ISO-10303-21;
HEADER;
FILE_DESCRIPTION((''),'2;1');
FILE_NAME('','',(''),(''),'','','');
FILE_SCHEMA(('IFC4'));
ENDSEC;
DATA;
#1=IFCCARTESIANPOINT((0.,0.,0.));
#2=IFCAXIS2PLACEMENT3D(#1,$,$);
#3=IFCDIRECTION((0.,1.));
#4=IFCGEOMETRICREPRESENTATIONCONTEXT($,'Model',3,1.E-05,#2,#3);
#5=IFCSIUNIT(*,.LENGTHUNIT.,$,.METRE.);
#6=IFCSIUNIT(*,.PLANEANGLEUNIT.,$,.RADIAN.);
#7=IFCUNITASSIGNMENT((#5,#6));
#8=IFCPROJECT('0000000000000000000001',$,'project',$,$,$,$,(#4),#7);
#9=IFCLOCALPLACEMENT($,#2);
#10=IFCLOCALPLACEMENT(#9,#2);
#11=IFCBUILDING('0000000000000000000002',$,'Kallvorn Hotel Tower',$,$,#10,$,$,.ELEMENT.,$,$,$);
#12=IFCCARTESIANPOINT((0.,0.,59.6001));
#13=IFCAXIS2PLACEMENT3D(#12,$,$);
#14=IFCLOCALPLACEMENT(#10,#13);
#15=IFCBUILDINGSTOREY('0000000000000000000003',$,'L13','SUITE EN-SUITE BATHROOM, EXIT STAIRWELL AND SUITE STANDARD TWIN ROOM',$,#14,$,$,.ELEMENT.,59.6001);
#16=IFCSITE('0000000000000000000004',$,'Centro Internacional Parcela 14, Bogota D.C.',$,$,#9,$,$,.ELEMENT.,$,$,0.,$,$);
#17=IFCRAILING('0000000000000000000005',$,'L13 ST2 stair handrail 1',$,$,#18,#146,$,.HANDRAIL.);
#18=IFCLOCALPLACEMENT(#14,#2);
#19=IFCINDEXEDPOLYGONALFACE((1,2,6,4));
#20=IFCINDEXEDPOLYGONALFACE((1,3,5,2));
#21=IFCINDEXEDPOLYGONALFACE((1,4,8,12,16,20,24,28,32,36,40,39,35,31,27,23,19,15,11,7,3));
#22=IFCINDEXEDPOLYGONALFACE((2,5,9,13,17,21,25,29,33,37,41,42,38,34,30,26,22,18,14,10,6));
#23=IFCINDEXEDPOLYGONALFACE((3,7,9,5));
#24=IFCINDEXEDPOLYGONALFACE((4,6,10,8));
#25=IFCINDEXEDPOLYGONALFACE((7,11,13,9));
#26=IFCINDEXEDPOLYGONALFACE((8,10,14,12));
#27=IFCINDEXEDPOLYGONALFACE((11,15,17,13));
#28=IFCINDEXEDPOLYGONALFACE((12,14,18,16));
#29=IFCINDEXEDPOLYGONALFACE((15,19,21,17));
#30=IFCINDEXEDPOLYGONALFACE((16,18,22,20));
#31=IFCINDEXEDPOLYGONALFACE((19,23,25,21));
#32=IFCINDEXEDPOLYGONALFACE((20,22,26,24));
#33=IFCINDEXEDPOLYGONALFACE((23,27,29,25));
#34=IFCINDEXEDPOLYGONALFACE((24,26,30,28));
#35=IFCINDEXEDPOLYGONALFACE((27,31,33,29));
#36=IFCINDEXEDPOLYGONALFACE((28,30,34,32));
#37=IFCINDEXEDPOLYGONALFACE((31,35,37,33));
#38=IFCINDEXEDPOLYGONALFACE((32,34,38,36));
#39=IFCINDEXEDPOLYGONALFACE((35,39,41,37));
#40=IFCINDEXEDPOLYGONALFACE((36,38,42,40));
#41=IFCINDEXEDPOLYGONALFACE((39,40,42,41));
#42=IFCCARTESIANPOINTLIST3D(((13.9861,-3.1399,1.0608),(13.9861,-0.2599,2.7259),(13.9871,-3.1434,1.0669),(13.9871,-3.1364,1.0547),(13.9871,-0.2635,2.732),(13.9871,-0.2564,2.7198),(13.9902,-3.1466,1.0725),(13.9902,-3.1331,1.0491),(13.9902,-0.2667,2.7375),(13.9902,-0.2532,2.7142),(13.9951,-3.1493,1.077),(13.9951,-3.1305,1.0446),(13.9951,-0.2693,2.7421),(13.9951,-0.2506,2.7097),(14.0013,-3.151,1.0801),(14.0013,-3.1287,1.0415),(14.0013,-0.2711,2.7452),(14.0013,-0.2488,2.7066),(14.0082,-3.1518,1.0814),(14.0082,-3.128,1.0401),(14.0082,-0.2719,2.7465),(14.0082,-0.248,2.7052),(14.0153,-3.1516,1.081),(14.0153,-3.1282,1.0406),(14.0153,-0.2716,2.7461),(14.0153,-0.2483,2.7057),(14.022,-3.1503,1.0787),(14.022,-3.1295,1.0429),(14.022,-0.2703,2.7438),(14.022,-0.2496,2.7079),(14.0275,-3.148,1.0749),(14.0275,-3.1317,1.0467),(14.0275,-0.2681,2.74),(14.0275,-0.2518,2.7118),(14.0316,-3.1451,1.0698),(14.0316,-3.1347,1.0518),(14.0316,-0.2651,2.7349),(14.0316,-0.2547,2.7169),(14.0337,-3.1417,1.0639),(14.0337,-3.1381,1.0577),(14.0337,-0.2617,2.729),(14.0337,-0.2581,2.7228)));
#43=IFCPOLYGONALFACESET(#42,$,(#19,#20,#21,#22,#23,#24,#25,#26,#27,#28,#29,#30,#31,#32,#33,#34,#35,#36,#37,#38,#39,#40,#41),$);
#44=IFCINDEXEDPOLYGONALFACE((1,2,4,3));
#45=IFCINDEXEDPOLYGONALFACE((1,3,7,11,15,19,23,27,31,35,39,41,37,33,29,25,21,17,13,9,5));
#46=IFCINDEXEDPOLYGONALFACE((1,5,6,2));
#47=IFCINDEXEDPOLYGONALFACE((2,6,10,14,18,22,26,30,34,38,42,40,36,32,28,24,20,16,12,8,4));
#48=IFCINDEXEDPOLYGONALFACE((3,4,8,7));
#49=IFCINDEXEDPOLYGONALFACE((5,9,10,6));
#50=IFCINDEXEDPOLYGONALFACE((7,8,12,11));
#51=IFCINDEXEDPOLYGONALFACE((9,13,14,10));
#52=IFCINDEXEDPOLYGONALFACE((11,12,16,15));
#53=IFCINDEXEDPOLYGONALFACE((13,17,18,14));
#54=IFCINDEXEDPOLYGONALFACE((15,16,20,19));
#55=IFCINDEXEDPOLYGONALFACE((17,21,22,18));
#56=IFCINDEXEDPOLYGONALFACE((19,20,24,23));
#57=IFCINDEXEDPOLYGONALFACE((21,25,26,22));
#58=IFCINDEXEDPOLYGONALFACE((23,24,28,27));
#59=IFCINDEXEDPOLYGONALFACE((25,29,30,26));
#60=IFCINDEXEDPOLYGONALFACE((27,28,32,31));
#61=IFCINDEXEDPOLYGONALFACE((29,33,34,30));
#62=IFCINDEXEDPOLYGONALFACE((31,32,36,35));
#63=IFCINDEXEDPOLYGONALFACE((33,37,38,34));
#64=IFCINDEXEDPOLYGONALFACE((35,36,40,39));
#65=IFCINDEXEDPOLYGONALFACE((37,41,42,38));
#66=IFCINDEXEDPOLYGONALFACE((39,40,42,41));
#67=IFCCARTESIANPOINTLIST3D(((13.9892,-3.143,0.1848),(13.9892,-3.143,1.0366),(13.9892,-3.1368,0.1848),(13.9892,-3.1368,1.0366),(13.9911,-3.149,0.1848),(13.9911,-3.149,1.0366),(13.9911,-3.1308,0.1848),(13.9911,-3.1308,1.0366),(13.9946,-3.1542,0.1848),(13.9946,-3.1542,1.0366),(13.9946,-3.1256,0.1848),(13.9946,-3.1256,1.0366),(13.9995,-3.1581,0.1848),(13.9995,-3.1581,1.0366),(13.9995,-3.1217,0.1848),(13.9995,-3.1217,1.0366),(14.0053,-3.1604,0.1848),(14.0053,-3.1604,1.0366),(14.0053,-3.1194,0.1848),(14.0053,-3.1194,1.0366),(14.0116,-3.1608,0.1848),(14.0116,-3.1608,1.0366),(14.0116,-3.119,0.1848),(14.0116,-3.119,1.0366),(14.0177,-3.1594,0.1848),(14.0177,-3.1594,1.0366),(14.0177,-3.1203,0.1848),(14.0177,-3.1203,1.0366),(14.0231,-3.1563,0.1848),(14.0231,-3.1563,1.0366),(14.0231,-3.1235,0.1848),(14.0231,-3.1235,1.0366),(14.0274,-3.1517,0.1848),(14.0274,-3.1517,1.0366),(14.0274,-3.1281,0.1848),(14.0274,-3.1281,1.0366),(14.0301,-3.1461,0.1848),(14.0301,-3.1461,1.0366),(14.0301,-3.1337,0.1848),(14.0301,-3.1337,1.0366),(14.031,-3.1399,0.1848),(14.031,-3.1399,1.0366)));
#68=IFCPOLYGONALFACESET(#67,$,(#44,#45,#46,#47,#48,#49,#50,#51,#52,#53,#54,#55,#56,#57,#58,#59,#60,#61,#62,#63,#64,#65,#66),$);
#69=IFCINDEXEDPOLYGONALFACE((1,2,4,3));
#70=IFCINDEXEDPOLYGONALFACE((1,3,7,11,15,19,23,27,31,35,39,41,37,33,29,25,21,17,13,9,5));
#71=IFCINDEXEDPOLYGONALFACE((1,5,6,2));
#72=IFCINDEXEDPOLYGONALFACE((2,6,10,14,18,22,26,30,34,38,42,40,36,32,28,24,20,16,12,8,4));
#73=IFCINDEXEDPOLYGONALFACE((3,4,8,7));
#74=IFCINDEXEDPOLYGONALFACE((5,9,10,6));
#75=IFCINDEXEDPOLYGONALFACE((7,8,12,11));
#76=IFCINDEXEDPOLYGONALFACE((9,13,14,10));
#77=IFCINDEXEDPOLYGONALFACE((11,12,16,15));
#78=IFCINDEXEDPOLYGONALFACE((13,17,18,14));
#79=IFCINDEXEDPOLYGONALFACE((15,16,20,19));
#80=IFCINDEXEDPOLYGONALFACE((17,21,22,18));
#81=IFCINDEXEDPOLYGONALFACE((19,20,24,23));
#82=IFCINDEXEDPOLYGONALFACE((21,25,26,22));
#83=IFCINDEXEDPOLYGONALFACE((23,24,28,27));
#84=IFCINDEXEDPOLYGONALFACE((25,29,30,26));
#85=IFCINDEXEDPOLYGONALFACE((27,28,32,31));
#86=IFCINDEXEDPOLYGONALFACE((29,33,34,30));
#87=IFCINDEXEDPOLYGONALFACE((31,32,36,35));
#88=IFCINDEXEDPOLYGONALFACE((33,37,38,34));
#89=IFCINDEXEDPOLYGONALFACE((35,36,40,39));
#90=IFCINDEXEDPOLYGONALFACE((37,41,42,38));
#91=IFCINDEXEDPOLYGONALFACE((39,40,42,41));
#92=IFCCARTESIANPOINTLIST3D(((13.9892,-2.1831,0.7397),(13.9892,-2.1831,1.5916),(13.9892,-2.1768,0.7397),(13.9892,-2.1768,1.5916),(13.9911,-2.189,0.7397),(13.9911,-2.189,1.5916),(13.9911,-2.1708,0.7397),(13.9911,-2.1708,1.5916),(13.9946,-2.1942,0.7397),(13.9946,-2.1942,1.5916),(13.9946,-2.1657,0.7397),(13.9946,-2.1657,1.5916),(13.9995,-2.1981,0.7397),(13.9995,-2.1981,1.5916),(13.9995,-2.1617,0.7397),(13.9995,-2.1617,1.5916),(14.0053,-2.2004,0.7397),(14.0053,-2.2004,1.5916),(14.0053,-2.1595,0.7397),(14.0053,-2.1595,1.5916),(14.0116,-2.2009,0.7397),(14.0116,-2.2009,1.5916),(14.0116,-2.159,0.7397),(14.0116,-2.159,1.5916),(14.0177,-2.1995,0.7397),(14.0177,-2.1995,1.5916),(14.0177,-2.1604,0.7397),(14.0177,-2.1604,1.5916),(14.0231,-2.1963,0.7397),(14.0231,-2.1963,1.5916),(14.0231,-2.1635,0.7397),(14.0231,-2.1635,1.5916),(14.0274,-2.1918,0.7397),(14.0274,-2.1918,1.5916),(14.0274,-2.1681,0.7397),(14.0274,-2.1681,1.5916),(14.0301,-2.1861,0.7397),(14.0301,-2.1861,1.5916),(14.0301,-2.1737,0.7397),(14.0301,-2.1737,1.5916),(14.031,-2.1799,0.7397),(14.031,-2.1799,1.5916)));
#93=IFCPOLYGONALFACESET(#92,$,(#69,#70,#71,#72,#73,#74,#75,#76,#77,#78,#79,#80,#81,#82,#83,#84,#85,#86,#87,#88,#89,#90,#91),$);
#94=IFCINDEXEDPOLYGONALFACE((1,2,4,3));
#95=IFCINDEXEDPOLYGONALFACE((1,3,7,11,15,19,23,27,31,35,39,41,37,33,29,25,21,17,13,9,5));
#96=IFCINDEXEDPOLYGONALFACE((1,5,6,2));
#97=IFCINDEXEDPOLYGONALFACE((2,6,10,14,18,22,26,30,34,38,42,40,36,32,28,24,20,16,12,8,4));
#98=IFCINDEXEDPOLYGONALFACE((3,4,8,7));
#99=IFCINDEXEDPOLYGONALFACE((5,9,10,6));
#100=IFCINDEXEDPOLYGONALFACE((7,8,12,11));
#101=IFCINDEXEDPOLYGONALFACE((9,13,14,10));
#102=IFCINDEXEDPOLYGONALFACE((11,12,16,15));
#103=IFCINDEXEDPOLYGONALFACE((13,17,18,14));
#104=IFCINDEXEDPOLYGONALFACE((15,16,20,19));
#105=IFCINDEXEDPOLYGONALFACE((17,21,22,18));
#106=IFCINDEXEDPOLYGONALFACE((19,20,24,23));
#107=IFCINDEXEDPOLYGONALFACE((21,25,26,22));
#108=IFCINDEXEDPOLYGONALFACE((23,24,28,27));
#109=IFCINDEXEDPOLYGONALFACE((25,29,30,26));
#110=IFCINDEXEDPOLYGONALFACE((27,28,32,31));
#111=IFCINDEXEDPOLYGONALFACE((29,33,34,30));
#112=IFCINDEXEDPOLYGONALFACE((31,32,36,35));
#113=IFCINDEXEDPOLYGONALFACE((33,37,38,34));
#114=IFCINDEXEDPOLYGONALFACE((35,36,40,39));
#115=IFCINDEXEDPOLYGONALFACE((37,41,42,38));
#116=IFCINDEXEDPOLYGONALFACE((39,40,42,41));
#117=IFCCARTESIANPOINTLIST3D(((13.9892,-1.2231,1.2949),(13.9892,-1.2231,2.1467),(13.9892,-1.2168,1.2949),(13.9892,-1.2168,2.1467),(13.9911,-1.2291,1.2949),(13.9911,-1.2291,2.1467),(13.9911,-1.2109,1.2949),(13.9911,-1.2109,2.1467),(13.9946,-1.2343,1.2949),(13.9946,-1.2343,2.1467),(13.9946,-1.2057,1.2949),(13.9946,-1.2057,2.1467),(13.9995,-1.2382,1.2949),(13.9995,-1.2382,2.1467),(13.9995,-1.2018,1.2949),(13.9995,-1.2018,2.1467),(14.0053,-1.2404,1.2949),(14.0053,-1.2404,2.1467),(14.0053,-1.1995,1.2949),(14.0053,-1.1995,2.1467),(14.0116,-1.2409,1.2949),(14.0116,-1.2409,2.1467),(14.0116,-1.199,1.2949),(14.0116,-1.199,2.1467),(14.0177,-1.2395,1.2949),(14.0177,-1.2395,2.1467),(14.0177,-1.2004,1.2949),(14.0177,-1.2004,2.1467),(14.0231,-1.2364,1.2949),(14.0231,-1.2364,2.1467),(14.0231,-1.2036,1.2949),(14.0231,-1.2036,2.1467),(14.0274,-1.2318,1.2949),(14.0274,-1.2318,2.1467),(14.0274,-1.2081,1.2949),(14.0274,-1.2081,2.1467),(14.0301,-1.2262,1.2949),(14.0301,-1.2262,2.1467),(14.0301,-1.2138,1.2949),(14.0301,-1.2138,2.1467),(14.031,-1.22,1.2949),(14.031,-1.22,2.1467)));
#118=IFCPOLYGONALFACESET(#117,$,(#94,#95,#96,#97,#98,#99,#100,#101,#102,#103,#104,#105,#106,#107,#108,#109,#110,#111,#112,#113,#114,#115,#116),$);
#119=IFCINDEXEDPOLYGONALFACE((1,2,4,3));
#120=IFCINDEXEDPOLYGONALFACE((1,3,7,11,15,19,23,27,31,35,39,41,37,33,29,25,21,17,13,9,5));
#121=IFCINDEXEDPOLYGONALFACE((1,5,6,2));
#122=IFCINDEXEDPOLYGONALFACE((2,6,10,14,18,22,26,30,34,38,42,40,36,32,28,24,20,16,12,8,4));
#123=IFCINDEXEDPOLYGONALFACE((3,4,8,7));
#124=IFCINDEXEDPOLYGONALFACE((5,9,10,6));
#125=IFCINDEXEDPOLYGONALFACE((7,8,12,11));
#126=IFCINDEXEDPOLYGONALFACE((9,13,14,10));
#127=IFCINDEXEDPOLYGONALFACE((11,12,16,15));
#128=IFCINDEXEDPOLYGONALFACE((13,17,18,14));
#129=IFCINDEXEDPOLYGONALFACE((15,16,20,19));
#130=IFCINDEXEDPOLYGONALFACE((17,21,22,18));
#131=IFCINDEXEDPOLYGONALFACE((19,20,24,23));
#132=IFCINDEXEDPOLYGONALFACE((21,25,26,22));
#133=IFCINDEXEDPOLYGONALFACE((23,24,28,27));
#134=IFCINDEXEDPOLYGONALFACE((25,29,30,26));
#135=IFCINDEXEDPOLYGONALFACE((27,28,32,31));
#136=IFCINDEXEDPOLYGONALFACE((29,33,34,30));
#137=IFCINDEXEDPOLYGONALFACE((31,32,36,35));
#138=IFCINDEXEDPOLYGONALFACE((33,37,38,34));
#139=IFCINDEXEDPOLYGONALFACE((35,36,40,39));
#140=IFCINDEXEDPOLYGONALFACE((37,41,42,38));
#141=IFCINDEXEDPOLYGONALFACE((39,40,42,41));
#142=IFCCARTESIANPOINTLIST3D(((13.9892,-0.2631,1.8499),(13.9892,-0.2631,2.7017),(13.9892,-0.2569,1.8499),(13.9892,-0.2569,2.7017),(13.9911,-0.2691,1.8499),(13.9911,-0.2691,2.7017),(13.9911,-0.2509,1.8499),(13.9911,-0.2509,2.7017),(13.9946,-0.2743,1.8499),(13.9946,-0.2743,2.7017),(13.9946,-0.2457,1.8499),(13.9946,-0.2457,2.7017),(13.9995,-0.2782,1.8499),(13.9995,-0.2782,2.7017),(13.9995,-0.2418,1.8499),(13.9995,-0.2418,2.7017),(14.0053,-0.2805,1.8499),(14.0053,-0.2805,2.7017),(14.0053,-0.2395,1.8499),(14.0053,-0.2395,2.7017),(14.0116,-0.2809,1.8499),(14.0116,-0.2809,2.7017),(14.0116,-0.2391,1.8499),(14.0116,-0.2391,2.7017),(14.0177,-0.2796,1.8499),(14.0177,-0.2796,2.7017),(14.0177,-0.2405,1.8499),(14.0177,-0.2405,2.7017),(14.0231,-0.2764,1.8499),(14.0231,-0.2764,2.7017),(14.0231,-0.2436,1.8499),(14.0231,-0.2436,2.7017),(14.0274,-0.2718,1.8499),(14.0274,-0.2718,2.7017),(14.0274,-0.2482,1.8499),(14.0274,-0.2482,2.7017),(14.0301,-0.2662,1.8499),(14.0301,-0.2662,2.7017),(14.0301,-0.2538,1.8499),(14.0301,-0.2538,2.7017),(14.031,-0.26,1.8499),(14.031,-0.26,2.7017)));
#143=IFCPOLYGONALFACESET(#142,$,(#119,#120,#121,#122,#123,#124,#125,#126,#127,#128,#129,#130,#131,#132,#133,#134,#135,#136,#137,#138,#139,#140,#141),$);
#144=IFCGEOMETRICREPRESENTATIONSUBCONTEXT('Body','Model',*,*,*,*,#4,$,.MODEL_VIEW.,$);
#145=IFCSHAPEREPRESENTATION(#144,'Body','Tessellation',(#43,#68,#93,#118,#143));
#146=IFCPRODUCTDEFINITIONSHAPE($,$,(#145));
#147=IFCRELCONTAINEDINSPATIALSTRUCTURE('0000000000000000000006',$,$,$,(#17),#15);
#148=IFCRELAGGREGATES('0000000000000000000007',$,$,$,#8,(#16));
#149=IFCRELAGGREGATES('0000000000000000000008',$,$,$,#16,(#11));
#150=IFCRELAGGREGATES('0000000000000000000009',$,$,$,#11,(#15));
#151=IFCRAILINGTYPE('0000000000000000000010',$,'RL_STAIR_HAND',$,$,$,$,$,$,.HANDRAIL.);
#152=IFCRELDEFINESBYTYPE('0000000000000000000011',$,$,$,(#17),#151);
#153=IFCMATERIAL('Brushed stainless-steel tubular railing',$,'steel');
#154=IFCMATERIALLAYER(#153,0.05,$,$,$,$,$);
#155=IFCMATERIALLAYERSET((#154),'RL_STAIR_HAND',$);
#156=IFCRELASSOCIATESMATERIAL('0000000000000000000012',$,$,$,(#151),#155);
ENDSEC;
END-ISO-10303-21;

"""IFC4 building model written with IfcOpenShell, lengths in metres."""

from ifc_helpers import new_model, si_unit, direction, frame, origin, origin_2d, place, context, subcontext, project, spatial, circle, extrude, material, layer, layer_set, type_object, element, save


model = new_model("IFC4")

# Units and contexts
model_context = context("Model", 3, precision=1e-05, world=origin(), true_north=direction((0.0, 1.0)))
body_context = subcontext(model_context, "Body", "Model", "MODEL_VIEW")
ifc_project = project(units=[si_unit("LENGTHUNIT", "METRE"), si_unit("PLANEANGLEUNIT", "RADIAN")], contexts=[model_context])

# Site, building, storey
site_placement = place(None, origin())
site = spatial("IfcSite", under=ifc_project, at=site_placement, Name="Centro Internacional Parcela 14, Bogota D.C.", CompositionType="ELEMENT", RefElevation=0.0)
building_placement = place(site_placement, origin())
building = spatial("IfcBuilding", under=site, at=building_placement, Name="Kallvorn Hotel Tower", CompositionType="ELEMENT")
storey_placement = place(building_placement, frame((0.0, 0.0, 59.6001)))
storey = spatial("IfcBuildingStorey", under=building, at=storey_placement, Name="L13", Description="SUITE EN-SUITE BATHROOM, EXIT STAIRWELL AND SUITE STANDARD TWIN ROOM", CompositionType="ELEMENT", Elevation=59.6001)

# Railing
ifc_material_1 = material(Name="Brushed stainless-steel tubular railing", Category="steel")
ifc_layer_1 = layer(ifc_material_1, 0.05)
ifc_layer_set_1 = layer_set([ifc_layer_1], Name="RL_STAIR_HAND")
railing_type_1 = type_object("IfcRailingType", Name="RL_STAIR_HAND", PredefinedType="HANDRAIL", material=ifc_layer_set_1)
railing_1_placement = place(storey_placement, frame((14.01, -3.1399, 0.1848)))
element("IfcRailing", 1, at=railing_1_placement, inside=storey, type_object=railing_type_1, Name="L13 ST2 stair handrail 1", PredefinedType="HANDRAIL", context=body_context, shape_type="SweptSolid", body=[
    extrude(circle(Radius=0.0239, at=origin_2d()), frame((0.0, 0.0, 0.876), z_axis=(0.0, 0.865721, 0.500527), x_axis=(-1.0, 0.0, 0.0)), (0.0, 0.0, 1.0), 3.3267),
    extrude(circle(Radius=0.021, at=origin_2d()), origin(), (0.0, 0.0, 1.0), 0.8518),
    extrude(circle(Radius=0.021, at=origin_2d()), frame((0.0, 0.96, 0.5549)), (0.0, 0.0, 1.0), 0.8518),
    extrude(circle(Radius=0.021, at=origin_2d()), frame((0.0, 1.9199, 1.1101)), (0.0, 0.0, 1.0), 0.8518),
    extrude(circle(Radius=0.021, at=origin_2d()), frame((0.0, 2.8799, 1.665)), (0.0, 0.0, 1.0), 0.8518),
])

save(model, "model.ifc")
